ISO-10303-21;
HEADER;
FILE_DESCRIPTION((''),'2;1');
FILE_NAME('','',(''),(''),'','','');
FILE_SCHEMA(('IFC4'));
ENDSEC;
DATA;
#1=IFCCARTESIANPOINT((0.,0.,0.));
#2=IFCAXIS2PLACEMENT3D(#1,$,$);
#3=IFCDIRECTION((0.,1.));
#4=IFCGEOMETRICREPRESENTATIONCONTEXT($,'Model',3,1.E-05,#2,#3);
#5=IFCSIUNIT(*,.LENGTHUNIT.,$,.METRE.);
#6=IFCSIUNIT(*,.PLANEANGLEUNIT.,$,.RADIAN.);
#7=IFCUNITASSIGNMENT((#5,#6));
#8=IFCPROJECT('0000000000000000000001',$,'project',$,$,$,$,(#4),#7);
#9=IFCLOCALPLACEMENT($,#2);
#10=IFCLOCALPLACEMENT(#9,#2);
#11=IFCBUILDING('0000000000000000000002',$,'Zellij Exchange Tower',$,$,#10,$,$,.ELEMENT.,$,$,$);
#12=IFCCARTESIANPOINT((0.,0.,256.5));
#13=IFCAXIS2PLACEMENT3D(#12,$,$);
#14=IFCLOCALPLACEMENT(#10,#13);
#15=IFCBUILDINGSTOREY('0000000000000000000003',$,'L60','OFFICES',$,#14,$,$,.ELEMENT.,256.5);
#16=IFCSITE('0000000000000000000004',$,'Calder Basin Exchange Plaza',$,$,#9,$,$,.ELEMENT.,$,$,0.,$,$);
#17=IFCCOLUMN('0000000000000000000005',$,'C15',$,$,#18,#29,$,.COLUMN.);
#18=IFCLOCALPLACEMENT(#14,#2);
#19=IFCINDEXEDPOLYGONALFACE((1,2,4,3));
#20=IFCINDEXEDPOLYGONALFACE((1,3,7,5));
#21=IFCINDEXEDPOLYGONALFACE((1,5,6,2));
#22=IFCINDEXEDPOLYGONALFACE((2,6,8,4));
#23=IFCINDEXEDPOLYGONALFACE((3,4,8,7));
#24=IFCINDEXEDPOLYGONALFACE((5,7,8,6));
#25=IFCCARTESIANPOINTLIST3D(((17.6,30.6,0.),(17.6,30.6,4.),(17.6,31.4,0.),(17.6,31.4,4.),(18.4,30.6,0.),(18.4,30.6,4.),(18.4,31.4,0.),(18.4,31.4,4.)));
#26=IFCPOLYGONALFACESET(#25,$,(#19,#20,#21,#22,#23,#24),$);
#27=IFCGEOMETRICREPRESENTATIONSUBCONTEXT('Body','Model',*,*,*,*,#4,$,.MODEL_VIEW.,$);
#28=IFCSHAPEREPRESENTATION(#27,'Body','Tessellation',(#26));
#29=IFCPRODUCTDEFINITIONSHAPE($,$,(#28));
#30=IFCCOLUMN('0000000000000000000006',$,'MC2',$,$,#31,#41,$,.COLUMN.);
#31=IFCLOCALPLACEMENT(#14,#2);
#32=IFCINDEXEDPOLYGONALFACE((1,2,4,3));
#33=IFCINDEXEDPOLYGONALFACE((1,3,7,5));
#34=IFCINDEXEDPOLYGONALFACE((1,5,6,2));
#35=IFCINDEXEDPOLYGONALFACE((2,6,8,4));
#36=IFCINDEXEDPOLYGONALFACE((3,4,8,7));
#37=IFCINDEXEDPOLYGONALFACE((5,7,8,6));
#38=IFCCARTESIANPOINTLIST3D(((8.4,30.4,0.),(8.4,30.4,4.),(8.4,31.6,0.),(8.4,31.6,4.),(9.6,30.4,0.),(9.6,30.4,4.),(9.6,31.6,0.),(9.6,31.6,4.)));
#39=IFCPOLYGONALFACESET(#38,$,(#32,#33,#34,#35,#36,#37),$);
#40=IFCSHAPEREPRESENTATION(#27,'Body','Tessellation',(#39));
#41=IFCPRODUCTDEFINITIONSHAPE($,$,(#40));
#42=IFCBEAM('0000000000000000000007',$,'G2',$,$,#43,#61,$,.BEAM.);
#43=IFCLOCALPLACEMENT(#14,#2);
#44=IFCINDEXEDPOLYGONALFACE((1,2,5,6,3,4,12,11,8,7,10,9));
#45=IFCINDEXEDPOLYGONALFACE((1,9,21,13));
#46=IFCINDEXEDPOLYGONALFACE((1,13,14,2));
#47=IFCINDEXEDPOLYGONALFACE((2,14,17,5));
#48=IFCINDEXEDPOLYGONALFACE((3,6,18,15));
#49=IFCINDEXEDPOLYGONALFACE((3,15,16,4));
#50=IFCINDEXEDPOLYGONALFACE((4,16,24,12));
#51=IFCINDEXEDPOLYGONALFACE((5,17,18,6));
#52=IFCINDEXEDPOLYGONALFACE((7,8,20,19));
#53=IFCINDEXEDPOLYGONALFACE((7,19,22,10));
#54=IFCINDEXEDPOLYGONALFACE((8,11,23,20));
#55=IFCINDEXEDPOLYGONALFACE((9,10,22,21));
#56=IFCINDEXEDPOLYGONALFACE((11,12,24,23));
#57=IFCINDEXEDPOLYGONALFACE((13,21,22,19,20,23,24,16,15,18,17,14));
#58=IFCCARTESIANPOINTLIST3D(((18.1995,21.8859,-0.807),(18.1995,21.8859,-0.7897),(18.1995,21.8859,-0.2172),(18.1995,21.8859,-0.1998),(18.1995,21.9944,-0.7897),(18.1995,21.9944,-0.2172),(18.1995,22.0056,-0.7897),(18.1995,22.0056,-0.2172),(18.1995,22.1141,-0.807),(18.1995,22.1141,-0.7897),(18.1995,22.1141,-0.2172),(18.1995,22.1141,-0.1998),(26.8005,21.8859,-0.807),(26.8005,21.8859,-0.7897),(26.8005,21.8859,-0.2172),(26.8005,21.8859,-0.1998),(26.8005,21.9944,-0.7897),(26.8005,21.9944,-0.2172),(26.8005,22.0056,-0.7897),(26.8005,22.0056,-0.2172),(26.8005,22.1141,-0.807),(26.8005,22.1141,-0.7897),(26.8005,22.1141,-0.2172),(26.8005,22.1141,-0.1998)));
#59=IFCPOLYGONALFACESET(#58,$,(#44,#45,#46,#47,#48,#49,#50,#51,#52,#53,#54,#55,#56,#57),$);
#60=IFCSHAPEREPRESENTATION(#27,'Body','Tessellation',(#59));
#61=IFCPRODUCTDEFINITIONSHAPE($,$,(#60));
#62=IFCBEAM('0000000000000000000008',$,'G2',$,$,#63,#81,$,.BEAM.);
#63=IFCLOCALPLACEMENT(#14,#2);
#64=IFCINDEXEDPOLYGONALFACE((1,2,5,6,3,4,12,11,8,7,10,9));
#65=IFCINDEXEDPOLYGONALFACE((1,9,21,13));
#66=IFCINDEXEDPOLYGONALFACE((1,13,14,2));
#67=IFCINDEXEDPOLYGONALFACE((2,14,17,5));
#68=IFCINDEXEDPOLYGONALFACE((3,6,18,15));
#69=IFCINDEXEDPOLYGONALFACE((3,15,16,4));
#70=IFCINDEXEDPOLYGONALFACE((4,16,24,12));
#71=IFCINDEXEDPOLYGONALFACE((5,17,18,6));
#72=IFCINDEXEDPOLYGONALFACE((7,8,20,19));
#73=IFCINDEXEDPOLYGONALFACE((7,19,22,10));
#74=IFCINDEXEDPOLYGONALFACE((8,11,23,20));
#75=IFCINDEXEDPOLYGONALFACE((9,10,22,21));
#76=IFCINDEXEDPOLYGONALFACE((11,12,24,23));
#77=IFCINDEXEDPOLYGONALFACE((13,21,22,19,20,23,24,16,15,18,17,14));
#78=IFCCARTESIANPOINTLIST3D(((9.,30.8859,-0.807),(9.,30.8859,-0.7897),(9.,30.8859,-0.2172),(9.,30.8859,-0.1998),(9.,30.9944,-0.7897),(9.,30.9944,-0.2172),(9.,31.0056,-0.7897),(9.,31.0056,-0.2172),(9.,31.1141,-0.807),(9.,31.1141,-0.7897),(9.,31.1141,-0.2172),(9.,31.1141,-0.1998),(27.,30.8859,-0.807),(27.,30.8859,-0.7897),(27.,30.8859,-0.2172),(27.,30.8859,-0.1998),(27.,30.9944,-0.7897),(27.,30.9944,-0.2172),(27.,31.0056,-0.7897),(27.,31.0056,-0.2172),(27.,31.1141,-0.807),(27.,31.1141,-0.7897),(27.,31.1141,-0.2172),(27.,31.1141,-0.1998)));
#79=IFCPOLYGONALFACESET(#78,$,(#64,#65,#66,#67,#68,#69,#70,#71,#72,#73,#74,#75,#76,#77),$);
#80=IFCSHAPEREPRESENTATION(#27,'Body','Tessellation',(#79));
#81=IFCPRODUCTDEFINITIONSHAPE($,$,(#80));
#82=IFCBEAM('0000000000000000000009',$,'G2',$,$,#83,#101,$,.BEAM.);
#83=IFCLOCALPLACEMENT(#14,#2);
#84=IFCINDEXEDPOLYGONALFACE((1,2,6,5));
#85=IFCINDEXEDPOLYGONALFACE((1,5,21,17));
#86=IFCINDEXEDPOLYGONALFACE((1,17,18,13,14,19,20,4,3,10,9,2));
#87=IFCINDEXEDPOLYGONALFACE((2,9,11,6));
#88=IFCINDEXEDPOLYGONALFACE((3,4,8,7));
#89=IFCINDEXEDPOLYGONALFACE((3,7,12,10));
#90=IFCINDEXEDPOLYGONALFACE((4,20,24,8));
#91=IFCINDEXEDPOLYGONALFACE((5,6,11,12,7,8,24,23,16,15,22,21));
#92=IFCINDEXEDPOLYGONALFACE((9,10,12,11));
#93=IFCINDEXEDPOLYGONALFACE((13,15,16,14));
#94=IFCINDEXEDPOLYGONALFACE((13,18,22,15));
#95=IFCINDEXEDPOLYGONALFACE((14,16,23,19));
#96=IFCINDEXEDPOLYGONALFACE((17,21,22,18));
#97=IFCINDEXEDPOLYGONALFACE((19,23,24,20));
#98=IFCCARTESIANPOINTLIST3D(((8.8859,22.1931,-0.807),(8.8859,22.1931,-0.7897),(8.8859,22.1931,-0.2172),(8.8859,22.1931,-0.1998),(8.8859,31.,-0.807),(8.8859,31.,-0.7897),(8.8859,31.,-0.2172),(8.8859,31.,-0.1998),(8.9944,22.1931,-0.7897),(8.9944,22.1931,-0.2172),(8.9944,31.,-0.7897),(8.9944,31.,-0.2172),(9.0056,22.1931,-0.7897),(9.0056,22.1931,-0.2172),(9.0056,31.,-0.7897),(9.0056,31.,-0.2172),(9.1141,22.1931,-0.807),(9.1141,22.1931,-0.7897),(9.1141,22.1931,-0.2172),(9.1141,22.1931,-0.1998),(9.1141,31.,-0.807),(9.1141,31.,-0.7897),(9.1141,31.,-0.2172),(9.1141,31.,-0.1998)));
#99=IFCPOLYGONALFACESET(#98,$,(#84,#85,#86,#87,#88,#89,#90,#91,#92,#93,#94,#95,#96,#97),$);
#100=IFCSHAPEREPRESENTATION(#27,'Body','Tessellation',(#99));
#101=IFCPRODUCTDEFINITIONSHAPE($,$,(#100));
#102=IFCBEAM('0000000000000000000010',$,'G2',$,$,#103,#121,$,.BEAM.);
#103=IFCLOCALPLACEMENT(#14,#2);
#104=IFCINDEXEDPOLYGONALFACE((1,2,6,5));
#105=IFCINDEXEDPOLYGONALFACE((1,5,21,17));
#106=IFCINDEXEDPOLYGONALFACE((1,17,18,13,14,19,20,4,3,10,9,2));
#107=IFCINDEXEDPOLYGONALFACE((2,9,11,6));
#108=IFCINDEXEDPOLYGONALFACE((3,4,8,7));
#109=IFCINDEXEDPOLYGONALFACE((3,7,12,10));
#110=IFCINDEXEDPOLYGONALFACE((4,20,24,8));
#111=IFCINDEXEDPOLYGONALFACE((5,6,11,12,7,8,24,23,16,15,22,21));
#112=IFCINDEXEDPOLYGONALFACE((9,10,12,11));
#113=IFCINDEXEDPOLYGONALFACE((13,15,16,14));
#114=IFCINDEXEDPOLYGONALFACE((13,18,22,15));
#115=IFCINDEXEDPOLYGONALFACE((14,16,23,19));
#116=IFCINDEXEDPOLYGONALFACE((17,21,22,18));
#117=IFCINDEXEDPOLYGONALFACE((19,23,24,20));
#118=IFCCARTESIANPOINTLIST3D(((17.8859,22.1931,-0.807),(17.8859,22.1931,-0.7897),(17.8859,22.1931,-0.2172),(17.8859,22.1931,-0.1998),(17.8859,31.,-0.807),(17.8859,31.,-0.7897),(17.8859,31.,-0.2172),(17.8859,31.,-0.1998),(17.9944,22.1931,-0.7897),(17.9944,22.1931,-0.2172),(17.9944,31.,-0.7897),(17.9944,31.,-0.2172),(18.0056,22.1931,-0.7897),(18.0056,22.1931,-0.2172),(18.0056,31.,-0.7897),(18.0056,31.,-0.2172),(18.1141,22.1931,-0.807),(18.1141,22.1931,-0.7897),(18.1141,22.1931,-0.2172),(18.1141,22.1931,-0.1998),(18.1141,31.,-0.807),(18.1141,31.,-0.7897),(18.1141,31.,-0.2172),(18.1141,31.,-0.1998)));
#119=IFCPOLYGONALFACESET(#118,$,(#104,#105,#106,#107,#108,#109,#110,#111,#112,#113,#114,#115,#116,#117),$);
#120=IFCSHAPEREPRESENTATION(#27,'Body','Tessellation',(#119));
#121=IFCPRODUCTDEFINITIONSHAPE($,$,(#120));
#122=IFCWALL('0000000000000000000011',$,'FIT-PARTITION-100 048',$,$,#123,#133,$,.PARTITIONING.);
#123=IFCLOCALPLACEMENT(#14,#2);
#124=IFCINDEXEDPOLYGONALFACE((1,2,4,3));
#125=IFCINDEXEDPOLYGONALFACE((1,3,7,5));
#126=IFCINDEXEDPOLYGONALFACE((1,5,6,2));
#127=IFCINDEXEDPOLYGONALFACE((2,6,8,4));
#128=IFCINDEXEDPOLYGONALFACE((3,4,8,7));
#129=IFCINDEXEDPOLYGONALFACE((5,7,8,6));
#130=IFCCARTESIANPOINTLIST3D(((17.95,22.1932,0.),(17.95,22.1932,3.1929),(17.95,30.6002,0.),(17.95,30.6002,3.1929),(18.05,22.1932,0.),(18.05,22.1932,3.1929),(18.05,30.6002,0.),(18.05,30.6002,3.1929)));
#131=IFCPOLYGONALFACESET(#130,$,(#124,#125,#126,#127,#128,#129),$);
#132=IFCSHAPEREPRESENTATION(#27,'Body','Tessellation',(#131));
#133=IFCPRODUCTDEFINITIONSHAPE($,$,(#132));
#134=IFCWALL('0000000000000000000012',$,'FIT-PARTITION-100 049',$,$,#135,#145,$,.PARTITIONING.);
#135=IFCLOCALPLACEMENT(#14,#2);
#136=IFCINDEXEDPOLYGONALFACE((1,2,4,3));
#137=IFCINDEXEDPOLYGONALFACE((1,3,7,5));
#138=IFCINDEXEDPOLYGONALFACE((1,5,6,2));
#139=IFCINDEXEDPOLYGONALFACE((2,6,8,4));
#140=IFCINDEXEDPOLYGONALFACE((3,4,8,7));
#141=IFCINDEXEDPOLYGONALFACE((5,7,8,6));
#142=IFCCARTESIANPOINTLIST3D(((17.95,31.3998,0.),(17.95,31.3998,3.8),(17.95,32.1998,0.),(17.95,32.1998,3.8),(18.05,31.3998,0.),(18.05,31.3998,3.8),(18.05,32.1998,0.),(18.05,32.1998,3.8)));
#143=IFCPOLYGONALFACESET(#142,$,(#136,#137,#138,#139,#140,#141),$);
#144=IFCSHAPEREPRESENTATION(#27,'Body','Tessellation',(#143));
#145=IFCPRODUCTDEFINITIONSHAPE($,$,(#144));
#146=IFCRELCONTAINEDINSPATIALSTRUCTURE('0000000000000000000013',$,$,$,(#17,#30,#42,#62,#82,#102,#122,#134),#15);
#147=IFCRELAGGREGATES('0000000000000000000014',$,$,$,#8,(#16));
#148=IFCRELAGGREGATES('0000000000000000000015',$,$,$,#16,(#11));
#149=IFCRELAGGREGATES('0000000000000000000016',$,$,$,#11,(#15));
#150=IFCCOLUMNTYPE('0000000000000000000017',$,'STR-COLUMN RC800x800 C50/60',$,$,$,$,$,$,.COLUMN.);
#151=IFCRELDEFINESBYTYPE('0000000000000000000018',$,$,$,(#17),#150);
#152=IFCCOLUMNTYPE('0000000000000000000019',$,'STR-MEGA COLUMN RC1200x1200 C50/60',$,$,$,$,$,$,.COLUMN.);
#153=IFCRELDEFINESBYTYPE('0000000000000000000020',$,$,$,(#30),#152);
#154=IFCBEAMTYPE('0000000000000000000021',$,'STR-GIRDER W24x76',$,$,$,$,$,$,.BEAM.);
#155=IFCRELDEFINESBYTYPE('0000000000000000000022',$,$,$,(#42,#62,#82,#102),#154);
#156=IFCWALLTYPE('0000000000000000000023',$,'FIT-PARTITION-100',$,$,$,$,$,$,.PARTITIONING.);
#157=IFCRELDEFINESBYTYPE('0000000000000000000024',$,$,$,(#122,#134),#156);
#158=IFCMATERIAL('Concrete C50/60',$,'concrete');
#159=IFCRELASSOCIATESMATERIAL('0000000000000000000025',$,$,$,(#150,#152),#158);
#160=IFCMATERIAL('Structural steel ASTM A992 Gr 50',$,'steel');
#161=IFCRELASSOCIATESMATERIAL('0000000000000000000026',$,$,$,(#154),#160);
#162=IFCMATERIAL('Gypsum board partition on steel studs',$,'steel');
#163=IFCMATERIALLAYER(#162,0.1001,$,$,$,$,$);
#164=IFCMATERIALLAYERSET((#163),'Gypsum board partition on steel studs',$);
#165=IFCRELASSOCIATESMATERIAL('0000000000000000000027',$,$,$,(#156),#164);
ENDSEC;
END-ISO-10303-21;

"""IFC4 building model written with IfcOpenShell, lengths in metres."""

from ifc_helpers import new_model, si_unit, direction, frame, frame_2d, origin, origin_2d, place, context, subcontext, project, spatial, rectangle, i_section, extrude, material, layer, layer_set, material_profile, profile_set, type_object, element, save


model = new_model("IFC4")

# Units and contexts
model_context = context("Model", 3, precision=1e-05, world=origin(), true_north=direction((0.0, 1.0)))
body_context = subcontext(model_context, "Body", "Model", "MODEL_VIEW")
ifc_project = project(units=[si_unit("LENGTHUNIT", "METRE"), si_unit("PLANEANGLEUNIT", "RADIAN")], contexts=[model_context])

# Site, building, storey
site_placement = place(None, origin())
site = spatial("IfcSite", under=ifc_project, at=site_placement, Name="Calder Basin Exchange Plaza", CompositionType="ELEMENT", RefElevation=0.0)
building_placement = place(site_placement, origin())
building = spatial("IfcBuilding", under=site, at=building_placement, Name="Zellij Exchange Tower", CompositionType="ELEMENT")
storey_placement = place(building_placement, frame((0.0, 0.0, 256.5)))
storey = spatial("IfcBuildingStorey", under=building, at=storey_placement, Name="L60", Description="OFFICES", CompositionType="ELEMENT", Elevation=256.5)

# Columns
ifc_material_1 = material(Name="Concrete C50/60", Category="concrete")
ifc_material_profile_1 = material_profile(ifc_material_1, rectangle(XDim=0.8, YDim=0.8, at=origin_2d()), Name="STR-COLUMN RC800x800 C50/60")
ifc_profile_set_1 = profile_set([ifc_material_profile_1], Name="Concrete C50/60")
column_type_1 = type_object("IfcColumnType", Name="STR-COLUMN RC800x800 C50/60", PredefinedType="COLUMN", material=ifc_profile_set_1)
column_1_placement = place(storey_placement, frame((18.0, 31.0, 0.0), z_axis=(0.0, 0.0, 1.0), x_axis=(1.0, 0.0, 0.0)))
element("IfcColumn", 1, at=column_1_placement, inside=storey, type_object=column_type_1, Name="C15", PredefinedType="COLUMN", context=body_context, shape_type="SweptSolid", body=[
    extrude(rectangle(XDim=0.8, YDim=0.8, at=origin_2d()), origin(), (0.0, 0.0, 1.0), 4.0),
])
ifc_material_profile_2 = material_profile(ifc_material_1, rectangle(XDim=1.2, YDim=1.2, at=origin_2d()), Name="STR-MEGA COLUMN RC1200x1200 C50/60")
ifc_profile_set_2 = profile_set([ifc_material_profile_2], Name="Concrete C50/60")
column_type_2 = type_object("IfcColumnType", Name="STR-MEGA COLUMN RC1200x1200 C50/60", PredefinedType="COLUMN", material=ifc_profile_set_2)
column_2_placement = place(storey_placement, frame((9.0, 31.0, 0.0), z_axis=(0.0, 0.0, 1.0), x_axis=(1.0, 0.0, 0.0)))
element("IfcColumn", 2, at=column_2_placement, inside=storey, type_object=column_type_2, Name="MC2", PredefinedType="COLUMN", context=body_context, shape_type="SweptSolid", body=[
    extrude(rectangle(XDim=1.2, YDim=1.2, at=origin_2d()), origin(), (0.0, 0.0, 1.0), 4.0),
])

# Beams
ifc_material_2 = material(Name="Structural steel ASTM A992 Gr 50", Category="steel")
ifc_material_profile_3 = material_profile(ifc_material_2, i_section(OverallWidth=0.2283, OverallDepth=0.6072, WebThickness=0.0112, FlangeThickness=0.0173, at=origin_2d()), Name="W24x76")
ifc_profile_set_3 = profile_set([ifc_material_profile_3], Name="Structural steel ASTM A992 Gr 50")
beam_type = type_object("IfcBeamType", Name="STR-GIRDER W24x76", PredefinedType="BEAM", material=ifc_profile_set_3)
beam_1_placement = place(storey_placement, frame((18.1995, 22.0, -0.5034), z_axis=(1.0, 0.0, 0.0), x_axis=(0.0, 1.0, 0.0)))
element("IfcBeam", 3, at=beam_1_placement, inside=storey, type_object=beam_type, Name="G2", PredefinedType="BEAM", context=body_context, shape_type="SweptSolid", body=[
    extrude(i_section(OverallWidth=0.2283, OverallDepth=0.6072, WebThickness=0.0112, FlangeThickness=0.0173, at=origin_2d()), origin(), (0.0, 0.0, 1.0), 8.6011),
])
beam_2_placement = place(storey_placement, frame((9.0, 31.0, -0.5034), z_axis=(1.0, 0.0, 0.0), x_axis=(0.0, 1.0, 0.0)))
element("IfcBeam", 4, at=beam_2_placement, inside=storey, type_object=beam_type, Name="G2", PredefinedType="BEAM", context=body_context, shape_type="SweptSolid", body=[
    extrude(i_section(OverallWidth=0.2283, OverallDepth=0.6072, WebThickness=0.0112, FlangeThickness=0.0173, at=origin_2d()), origin(), (0.0, 0.0, 1.0), 18.0),
])
for number, where, z_axis, x_axis, name in (
    (5, (9.0, 22.1931, -0.5034), (0.0, 1.0, 0.0), (-1.0, 0.0, 0.0), "G2"),
    (6, (18.0, 22.1931, -0.5034), (0.0, 1.0, 0.0), (-1.0, 0.0, 0.0), "G2"),
):
    element("IfcBeam", number, at=place(storey_placement, frame(where, z_axis=z_axis, x_axis=x_axis)), inside=storey, type_object=beam_type, Name=name, PredefinedType="BEAM", context=body_context, shape_type="SweptSolid", body=[
        extrude(i_section(OverallWidth=0.2283, OverallDepth=0.6072, WebThickness=0.0112, FlangeThickness=0.0173, at=origin_2d()), origin(), (0.0, 0.0, 1.0), 8.8069),
    ])

# Walls
ifc_material_3 = material(Name="Gypsum board partition on steel studs", Category="steel")
ifc_layer_1 = layer(ifc_material_3, 0.1001)
ifc_layer_set_1 = layer_set([ifc_layer_1], Name="Gypsum board partition on steel studs")
wall_type = type_object("IfcWallType", Name="FIT-PARTITION-100", PredefinedType="PARTITIONING", material=ifc_layer_set_1)
wall_1_placement = place(storey_placement, frame((18.0, 22.1931, 0.0), z_axis=(0.0, 0.0, 1.0), x_axis=(0.0, 1.0, 0.0)))
element("IfcWall", 7, at=wall_1_placement, inside=storey, type_object=wall_type, Name="FIT-PARTITION-100 048", PredefinedType="PARTITIONING", context=body_context, shape_type="SweptSolid", body=[
    extrude(rectangle(XDim=8.407, YDim=0.1001, at=frame_2d((4.2036, 0.0))), origin(), (0.0, 0.0, 1.0), 3.1929),
])
wall_2_placement = place(storey_placement, frame((18.0, 31.3999, 0.0), z_axis=(0.0, 0.0, 1.0), x_axis=(0.0, 1.0, 0.0)))
element("IfcWall", 8, at=wall_2_placement, inside=storey, type_object=wall_type, Name="FIT-PARTITION-100 049", PredefinedType="PARTITIONING", context=body_context, shape_type="SweptSolid", body=[
    extrude(rectangle(XDim=0.8, YDim=0.1001, at=frame_2d((0.3999, 0.0))), origin(), (0.0, 0.0, 1.0), 3.8),
])

save(model, "model.ifc")
